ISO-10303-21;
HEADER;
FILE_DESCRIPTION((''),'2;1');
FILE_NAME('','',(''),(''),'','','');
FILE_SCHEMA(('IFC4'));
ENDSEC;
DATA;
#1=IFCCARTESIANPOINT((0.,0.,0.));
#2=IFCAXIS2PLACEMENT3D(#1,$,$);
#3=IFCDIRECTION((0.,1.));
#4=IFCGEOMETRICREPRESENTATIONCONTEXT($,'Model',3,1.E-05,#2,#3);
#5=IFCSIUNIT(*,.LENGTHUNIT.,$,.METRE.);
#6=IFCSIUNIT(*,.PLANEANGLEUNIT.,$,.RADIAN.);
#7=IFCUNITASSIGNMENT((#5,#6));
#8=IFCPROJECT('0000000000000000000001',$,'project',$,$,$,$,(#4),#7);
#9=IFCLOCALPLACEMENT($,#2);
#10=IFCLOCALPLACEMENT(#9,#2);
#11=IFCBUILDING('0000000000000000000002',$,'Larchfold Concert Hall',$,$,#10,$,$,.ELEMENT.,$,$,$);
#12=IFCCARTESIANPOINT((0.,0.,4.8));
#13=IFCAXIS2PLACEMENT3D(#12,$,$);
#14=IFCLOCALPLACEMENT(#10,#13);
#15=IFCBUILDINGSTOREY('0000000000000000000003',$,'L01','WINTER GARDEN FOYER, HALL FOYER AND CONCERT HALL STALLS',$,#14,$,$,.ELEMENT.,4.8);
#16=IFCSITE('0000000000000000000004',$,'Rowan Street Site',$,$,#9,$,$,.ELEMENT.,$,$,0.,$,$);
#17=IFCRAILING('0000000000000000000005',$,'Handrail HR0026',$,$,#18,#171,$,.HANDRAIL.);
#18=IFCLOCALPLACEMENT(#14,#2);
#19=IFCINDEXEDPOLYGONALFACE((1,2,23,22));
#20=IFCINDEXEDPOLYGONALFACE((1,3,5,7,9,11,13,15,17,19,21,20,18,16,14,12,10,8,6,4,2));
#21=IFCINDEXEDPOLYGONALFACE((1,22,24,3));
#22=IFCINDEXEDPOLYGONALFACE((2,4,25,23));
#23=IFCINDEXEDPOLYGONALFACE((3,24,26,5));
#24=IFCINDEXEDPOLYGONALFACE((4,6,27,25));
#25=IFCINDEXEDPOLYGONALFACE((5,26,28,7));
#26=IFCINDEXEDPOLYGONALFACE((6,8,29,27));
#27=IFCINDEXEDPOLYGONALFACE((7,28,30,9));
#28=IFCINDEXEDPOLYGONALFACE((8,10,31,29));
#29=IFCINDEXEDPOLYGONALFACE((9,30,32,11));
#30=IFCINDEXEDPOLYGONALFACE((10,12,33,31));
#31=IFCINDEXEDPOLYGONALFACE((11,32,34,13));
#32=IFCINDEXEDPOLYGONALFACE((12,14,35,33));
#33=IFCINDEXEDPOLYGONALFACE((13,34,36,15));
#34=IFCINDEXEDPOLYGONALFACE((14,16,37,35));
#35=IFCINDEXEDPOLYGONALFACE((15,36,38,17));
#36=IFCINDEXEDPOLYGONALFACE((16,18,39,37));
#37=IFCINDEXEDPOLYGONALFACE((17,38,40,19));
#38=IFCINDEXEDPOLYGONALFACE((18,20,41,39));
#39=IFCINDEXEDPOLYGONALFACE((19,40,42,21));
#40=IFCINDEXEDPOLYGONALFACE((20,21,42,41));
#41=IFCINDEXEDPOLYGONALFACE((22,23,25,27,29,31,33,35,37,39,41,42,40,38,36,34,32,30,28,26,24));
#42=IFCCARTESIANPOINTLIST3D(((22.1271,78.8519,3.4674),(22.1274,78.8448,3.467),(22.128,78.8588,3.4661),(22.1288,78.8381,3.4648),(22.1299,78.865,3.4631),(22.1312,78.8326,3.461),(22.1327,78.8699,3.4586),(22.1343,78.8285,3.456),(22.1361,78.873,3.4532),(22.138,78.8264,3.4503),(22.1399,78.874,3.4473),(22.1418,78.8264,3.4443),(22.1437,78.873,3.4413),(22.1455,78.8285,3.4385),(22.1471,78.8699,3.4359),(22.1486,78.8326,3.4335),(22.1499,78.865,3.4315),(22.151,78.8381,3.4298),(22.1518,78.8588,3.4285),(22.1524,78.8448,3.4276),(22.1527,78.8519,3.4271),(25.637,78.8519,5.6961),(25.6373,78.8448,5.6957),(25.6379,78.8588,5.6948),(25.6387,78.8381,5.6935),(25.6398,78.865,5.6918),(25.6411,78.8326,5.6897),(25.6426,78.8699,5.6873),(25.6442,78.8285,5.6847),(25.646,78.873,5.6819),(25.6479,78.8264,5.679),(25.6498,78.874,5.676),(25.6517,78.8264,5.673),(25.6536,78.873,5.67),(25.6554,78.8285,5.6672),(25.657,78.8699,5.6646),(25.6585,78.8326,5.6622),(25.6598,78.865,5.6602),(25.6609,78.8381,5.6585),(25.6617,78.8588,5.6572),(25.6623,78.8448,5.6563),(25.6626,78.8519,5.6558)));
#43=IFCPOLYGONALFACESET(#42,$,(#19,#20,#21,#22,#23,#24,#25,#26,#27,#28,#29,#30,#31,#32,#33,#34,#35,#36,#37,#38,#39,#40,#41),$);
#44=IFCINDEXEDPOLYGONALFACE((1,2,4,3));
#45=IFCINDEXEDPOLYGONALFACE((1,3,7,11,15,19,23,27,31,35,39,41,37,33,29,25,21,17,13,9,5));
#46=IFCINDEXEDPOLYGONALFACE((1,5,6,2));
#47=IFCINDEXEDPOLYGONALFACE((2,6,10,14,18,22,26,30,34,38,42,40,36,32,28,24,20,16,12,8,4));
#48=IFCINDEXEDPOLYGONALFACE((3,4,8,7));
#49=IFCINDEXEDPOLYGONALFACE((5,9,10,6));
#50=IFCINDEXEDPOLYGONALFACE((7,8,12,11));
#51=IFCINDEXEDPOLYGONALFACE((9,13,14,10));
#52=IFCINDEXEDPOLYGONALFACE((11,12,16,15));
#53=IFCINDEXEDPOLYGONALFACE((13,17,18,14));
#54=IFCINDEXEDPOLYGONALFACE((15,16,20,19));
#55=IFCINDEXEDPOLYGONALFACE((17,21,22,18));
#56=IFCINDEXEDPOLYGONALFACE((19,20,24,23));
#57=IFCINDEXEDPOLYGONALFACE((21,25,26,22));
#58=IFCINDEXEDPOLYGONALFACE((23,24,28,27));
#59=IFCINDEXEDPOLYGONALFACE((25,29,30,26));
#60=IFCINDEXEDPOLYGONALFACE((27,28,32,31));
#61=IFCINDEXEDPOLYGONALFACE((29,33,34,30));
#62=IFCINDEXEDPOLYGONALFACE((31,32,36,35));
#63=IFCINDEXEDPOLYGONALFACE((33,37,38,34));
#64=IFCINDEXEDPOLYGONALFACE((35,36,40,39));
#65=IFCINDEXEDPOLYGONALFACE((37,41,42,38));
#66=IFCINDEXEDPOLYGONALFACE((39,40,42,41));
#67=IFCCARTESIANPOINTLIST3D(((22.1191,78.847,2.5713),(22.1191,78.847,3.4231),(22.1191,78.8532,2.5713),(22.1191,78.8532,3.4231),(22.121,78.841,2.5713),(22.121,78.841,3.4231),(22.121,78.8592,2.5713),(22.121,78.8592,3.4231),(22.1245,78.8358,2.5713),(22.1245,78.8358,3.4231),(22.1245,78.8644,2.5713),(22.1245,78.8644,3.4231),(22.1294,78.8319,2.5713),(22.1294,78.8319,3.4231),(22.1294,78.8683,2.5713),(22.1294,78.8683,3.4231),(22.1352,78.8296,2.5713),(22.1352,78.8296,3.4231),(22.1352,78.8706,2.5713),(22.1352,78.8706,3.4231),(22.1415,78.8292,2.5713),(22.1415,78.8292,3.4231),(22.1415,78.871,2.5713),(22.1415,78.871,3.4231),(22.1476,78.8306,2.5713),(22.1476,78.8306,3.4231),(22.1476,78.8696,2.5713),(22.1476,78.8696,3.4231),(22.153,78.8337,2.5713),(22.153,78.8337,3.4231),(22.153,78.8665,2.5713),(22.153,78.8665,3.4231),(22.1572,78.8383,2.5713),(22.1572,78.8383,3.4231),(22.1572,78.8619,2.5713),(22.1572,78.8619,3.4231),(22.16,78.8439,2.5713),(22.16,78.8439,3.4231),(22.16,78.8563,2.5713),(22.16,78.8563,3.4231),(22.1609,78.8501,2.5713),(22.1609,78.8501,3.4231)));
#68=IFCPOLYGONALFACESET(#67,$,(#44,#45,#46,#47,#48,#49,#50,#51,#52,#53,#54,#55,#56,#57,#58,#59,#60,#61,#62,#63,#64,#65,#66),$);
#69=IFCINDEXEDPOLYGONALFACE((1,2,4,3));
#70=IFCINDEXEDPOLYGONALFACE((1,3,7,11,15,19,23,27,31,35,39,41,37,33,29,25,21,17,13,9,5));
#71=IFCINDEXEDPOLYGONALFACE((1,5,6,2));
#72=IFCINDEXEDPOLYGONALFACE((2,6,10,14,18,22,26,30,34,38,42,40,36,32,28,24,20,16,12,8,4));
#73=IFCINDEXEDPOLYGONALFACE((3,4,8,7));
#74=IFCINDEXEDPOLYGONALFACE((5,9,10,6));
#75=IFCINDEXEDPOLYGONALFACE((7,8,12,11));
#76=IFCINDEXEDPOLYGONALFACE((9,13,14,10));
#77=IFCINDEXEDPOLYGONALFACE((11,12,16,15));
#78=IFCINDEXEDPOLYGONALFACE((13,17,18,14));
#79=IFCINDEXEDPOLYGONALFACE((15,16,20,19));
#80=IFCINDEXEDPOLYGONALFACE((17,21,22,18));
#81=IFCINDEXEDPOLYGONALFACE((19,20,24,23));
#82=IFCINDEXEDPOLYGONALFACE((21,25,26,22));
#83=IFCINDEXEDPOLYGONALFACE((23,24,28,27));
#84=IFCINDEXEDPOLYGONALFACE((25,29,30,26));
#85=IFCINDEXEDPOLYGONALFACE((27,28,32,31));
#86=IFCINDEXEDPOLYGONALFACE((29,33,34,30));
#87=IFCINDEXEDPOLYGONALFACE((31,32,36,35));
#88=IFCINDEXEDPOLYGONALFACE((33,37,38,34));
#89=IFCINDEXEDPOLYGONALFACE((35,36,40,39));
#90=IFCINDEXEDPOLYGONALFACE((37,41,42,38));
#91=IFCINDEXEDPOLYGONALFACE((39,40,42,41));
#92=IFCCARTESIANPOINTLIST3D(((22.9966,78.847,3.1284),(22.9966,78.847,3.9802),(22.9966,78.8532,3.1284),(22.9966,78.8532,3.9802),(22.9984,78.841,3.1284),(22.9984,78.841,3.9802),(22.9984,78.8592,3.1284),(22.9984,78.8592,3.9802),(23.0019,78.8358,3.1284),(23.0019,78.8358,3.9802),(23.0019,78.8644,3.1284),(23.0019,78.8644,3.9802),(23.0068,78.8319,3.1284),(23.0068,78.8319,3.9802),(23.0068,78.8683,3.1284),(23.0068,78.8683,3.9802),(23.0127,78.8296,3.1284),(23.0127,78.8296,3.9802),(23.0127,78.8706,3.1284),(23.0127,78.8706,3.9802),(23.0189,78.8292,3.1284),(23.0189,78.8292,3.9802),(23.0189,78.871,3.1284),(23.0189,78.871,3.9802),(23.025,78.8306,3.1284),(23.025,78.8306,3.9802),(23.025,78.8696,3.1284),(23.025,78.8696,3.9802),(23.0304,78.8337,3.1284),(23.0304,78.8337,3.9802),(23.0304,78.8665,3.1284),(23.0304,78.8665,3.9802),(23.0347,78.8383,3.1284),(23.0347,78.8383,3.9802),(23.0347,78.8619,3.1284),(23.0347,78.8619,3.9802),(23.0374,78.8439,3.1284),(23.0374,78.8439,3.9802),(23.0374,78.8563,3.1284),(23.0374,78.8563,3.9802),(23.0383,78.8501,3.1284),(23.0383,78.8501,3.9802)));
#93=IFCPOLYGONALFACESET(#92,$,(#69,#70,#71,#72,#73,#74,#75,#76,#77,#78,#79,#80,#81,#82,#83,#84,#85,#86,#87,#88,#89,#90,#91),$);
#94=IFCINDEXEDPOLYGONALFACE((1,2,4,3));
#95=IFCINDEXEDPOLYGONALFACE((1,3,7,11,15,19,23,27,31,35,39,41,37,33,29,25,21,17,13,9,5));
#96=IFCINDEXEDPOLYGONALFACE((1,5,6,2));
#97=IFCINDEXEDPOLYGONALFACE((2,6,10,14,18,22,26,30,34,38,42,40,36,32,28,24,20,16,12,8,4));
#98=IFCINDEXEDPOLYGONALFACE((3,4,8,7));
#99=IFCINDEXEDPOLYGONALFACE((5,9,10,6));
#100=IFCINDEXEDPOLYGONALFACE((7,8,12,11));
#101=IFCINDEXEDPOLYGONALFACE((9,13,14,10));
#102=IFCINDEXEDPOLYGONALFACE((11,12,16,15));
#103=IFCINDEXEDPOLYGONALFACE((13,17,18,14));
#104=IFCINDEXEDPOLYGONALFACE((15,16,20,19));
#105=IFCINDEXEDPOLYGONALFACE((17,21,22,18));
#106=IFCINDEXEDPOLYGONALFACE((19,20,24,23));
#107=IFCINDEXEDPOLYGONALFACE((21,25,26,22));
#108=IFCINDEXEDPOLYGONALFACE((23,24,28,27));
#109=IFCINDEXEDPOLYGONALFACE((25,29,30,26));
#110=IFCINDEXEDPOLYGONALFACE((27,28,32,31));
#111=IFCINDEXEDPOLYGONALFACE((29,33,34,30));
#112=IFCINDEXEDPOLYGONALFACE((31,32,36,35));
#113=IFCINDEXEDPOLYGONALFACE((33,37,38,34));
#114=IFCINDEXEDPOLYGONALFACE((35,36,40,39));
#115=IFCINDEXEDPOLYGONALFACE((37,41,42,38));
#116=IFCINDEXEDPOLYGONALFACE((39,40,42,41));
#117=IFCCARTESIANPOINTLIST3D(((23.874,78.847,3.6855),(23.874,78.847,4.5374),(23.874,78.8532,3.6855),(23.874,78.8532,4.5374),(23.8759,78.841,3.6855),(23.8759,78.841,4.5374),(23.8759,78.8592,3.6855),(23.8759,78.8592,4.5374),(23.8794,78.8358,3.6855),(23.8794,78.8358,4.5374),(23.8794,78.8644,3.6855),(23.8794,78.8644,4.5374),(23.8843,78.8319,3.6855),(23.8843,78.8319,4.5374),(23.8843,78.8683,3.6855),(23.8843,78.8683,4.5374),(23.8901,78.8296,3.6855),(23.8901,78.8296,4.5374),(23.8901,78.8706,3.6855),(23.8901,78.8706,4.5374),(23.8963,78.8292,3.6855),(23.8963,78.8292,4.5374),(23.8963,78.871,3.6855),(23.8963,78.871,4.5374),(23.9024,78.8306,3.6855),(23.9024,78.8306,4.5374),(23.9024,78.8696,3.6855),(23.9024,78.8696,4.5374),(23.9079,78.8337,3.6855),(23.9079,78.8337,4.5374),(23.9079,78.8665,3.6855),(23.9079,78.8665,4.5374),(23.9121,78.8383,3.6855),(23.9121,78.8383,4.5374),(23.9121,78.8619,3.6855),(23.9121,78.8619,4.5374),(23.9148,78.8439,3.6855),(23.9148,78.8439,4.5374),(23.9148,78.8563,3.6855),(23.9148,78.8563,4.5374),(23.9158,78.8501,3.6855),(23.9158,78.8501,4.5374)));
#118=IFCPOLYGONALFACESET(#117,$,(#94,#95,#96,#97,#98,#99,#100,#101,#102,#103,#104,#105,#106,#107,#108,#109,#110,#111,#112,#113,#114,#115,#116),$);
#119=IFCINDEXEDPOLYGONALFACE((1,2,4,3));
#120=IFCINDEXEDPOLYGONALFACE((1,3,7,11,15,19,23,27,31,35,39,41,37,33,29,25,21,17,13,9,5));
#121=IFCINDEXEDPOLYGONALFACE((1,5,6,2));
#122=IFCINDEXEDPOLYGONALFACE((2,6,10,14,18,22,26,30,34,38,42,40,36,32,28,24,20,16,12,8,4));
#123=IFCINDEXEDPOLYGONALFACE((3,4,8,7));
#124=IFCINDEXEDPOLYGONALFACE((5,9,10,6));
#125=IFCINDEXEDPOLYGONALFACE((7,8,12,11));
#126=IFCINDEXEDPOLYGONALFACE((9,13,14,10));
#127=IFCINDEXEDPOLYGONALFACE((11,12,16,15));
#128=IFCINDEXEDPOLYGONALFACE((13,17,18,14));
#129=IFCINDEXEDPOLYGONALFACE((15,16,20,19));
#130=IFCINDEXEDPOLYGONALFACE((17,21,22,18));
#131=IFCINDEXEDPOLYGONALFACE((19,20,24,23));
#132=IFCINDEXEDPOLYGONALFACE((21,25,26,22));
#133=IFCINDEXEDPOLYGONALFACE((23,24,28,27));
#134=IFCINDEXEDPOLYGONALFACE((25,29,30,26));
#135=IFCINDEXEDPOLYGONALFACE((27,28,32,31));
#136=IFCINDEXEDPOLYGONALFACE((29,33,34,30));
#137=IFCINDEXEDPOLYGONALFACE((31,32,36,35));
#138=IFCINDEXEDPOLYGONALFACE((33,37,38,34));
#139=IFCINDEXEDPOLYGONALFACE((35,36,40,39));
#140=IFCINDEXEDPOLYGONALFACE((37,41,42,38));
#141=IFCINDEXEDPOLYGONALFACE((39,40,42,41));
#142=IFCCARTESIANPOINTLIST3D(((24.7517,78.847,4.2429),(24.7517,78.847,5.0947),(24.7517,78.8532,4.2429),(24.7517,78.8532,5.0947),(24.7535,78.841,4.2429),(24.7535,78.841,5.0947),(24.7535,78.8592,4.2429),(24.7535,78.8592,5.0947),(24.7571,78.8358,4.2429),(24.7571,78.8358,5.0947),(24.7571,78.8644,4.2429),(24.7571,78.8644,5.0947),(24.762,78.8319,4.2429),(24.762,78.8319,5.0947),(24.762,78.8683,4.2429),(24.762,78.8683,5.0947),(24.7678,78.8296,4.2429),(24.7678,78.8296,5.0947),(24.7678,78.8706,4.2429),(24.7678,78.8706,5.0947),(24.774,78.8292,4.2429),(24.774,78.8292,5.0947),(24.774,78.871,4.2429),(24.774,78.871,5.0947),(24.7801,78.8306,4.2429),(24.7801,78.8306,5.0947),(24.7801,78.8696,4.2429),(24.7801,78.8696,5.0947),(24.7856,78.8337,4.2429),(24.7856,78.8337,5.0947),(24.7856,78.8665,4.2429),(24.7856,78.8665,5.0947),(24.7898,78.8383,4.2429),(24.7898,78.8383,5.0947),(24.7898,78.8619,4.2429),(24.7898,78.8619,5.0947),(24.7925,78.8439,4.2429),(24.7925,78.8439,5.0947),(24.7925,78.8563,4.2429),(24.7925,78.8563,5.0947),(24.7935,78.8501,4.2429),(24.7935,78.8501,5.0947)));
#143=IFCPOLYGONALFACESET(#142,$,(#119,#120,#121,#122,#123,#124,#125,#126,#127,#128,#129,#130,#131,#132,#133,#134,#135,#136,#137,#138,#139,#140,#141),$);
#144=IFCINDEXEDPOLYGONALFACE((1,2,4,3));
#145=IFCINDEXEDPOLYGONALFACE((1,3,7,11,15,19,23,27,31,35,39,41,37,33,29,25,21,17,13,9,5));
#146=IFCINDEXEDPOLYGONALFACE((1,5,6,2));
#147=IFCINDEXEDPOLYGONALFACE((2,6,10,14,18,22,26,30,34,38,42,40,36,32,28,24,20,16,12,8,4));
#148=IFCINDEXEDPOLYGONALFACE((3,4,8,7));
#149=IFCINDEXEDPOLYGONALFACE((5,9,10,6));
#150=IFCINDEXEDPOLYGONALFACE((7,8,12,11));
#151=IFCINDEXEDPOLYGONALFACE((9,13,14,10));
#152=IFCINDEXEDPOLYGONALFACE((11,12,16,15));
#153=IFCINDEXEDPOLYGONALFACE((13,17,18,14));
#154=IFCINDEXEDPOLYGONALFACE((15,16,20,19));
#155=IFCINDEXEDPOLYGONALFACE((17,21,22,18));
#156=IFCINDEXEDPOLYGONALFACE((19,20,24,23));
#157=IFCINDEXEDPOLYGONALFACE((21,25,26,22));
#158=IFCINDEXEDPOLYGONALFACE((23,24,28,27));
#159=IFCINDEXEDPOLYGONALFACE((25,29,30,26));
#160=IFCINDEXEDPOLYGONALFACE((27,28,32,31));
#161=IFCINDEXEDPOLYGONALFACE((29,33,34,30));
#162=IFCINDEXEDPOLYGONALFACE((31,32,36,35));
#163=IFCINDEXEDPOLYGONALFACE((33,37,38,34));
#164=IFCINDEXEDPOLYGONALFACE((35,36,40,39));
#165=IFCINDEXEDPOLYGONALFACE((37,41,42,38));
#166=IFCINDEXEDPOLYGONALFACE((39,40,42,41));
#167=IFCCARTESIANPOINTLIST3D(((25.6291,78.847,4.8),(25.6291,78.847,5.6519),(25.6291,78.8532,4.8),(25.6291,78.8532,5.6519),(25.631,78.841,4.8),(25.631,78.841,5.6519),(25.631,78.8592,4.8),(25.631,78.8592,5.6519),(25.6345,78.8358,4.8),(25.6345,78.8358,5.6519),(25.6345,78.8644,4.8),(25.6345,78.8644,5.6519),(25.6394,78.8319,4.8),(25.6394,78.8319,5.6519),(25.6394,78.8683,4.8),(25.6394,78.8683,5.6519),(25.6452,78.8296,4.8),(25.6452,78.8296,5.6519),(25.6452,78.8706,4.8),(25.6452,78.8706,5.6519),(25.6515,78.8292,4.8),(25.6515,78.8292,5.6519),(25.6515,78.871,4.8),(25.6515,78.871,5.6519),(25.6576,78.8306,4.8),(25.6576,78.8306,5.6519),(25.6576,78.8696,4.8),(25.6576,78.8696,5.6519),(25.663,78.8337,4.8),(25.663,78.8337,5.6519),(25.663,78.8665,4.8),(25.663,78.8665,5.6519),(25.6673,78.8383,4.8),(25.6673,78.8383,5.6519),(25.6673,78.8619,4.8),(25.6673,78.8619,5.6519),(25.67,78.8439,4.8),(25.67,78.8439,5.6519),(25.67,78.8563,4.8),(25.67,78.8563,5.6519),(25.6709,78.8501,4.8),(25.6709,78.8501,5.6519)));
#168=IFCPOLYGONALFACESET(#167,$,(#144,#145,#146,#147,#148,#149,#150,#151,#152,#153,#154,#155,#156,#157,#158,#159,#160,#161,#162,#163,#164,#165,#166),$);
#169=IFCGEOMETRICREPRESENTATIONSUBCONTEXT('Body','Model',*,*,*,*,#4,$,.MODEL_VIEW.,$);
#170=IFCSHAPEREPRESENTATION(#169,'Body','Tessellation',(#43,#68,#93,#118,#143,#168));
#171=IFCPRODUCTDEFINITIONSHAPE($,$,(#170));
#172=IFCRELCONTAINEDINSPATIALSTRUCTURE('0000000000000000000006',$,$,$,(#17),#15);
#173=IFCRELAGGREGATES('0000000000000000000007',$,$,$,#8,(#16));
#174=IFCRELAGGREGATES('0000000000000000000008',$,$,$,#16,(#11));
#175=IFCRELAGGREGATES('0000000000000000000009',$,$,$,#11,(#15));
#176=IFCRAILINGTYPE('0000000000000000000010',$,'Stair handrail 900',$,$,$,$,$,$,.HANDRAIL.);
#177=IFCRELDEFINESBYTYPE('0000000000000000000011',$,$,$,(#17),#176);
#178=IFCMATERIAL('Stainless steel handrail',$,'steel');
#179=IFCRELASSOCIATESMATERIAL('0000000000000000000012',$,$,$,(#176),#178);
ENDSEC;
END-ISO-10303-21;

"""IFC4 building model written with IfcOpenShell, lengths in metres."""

from ifc_helpers import new_model, si_unit, direction, frame, origin, origin_2d, place, context, subcontext, project, spatial, circle, extrude, material, type_object, element, save


model = new_model("IFC4")

# Units and contexts
model_context = context("Model", 3, precision=1e-05, world=origin(), true_north=direction((0.0, 1.0)))
body_context = subcontext(model_context, "Body", "Model", "MODEL_VIEW")
ifc_project = project(units=[si_unit("LENGTHUNIT", "METRE"), si_unit("PLANEANGLEUNIT", "RADIAN")], contexts=[model_context])

# Site, building, storey
site_placement = place(None, origin())
site = spatial("IfcSite", under=ifc_project, at=site_placement, Name="Rowan Street Site", CompositionType="ELEMENT", RefElevation=0.0)
building_placement = place(site_placement, origin())
building = spatial("IfcBuilding", under=site, at=building_placement, Name="Larchfold Concert Hall", CompositionType="ELEMENT")
storey_placement = place(building_placement, frame((0.0, 0.0, 4.8)))
storey = spatial("IfcBuildingStorey", under=building, at=storey_placement, Name="L01", Description="WINTER GARDEN FOYER, HALL FOYER AND CONCERT HALL STALLS", CompositionType="ELEMENT", Elevation=4.8)

# Railing
ifc_material_1 = material(Name="Stainless steel handrail", Category="steel")
railing_type_1 = type_object("IfcRailingType", Name="Stair handrail 900", PredefinedType="HANDRAIL", material=ifc_material_1)
for number, where, name in (
    (1, (22.1399, 78.8501, 2.5713), "Handrail HR0026"),
):
    element("IfcRailing", number, at=place(storey_placement, frame(where)), inside=storey, type_object=railing_type_1, Name=name, PredefinedType="HANDRAIL", context=body_context, shape_type="SweptSolid", body=[
        extrude(circle(Radius=0.0239, at=origin_2d()), frame((0.0, 0.0, 0.876), z_axis=(0.844193, 0.0, 0.536039), x_axis=(0.0, 1.0, 0.0)), (0.0, 0.0, 1.0), 4.1577),
        extrude(circle(Radius=0.021, at=origin_2d()), origin(), (0.0, 0.0, 1.0), 0.8518),
        extrude(circle(Radius=0.021, at=origin_2d()), frame((0.8774, 0.0, 0.5571)), (0.0, 0.0, 1.0), 0.8518),
        extrude(circle(Radius=0.021, at=origin_2d()), frame((1.7549, 0.0, 1.1143)), (0.0, 0.0, 1.0), 0.8518),
        extrude(circle(Radius=0.021, at=origin_2d()), frame((2.6326, 0.0, 1.6716)), (0.0, 0.0, 1.0), 0.8518),
        extrude(circle(Radius=0.021, at=origin_2d()), frame((3.51, 0.0, 2.2288)), (0.0, 0.0, 1.0), 0.8518),
    ])

save(model, "model.ifc")
